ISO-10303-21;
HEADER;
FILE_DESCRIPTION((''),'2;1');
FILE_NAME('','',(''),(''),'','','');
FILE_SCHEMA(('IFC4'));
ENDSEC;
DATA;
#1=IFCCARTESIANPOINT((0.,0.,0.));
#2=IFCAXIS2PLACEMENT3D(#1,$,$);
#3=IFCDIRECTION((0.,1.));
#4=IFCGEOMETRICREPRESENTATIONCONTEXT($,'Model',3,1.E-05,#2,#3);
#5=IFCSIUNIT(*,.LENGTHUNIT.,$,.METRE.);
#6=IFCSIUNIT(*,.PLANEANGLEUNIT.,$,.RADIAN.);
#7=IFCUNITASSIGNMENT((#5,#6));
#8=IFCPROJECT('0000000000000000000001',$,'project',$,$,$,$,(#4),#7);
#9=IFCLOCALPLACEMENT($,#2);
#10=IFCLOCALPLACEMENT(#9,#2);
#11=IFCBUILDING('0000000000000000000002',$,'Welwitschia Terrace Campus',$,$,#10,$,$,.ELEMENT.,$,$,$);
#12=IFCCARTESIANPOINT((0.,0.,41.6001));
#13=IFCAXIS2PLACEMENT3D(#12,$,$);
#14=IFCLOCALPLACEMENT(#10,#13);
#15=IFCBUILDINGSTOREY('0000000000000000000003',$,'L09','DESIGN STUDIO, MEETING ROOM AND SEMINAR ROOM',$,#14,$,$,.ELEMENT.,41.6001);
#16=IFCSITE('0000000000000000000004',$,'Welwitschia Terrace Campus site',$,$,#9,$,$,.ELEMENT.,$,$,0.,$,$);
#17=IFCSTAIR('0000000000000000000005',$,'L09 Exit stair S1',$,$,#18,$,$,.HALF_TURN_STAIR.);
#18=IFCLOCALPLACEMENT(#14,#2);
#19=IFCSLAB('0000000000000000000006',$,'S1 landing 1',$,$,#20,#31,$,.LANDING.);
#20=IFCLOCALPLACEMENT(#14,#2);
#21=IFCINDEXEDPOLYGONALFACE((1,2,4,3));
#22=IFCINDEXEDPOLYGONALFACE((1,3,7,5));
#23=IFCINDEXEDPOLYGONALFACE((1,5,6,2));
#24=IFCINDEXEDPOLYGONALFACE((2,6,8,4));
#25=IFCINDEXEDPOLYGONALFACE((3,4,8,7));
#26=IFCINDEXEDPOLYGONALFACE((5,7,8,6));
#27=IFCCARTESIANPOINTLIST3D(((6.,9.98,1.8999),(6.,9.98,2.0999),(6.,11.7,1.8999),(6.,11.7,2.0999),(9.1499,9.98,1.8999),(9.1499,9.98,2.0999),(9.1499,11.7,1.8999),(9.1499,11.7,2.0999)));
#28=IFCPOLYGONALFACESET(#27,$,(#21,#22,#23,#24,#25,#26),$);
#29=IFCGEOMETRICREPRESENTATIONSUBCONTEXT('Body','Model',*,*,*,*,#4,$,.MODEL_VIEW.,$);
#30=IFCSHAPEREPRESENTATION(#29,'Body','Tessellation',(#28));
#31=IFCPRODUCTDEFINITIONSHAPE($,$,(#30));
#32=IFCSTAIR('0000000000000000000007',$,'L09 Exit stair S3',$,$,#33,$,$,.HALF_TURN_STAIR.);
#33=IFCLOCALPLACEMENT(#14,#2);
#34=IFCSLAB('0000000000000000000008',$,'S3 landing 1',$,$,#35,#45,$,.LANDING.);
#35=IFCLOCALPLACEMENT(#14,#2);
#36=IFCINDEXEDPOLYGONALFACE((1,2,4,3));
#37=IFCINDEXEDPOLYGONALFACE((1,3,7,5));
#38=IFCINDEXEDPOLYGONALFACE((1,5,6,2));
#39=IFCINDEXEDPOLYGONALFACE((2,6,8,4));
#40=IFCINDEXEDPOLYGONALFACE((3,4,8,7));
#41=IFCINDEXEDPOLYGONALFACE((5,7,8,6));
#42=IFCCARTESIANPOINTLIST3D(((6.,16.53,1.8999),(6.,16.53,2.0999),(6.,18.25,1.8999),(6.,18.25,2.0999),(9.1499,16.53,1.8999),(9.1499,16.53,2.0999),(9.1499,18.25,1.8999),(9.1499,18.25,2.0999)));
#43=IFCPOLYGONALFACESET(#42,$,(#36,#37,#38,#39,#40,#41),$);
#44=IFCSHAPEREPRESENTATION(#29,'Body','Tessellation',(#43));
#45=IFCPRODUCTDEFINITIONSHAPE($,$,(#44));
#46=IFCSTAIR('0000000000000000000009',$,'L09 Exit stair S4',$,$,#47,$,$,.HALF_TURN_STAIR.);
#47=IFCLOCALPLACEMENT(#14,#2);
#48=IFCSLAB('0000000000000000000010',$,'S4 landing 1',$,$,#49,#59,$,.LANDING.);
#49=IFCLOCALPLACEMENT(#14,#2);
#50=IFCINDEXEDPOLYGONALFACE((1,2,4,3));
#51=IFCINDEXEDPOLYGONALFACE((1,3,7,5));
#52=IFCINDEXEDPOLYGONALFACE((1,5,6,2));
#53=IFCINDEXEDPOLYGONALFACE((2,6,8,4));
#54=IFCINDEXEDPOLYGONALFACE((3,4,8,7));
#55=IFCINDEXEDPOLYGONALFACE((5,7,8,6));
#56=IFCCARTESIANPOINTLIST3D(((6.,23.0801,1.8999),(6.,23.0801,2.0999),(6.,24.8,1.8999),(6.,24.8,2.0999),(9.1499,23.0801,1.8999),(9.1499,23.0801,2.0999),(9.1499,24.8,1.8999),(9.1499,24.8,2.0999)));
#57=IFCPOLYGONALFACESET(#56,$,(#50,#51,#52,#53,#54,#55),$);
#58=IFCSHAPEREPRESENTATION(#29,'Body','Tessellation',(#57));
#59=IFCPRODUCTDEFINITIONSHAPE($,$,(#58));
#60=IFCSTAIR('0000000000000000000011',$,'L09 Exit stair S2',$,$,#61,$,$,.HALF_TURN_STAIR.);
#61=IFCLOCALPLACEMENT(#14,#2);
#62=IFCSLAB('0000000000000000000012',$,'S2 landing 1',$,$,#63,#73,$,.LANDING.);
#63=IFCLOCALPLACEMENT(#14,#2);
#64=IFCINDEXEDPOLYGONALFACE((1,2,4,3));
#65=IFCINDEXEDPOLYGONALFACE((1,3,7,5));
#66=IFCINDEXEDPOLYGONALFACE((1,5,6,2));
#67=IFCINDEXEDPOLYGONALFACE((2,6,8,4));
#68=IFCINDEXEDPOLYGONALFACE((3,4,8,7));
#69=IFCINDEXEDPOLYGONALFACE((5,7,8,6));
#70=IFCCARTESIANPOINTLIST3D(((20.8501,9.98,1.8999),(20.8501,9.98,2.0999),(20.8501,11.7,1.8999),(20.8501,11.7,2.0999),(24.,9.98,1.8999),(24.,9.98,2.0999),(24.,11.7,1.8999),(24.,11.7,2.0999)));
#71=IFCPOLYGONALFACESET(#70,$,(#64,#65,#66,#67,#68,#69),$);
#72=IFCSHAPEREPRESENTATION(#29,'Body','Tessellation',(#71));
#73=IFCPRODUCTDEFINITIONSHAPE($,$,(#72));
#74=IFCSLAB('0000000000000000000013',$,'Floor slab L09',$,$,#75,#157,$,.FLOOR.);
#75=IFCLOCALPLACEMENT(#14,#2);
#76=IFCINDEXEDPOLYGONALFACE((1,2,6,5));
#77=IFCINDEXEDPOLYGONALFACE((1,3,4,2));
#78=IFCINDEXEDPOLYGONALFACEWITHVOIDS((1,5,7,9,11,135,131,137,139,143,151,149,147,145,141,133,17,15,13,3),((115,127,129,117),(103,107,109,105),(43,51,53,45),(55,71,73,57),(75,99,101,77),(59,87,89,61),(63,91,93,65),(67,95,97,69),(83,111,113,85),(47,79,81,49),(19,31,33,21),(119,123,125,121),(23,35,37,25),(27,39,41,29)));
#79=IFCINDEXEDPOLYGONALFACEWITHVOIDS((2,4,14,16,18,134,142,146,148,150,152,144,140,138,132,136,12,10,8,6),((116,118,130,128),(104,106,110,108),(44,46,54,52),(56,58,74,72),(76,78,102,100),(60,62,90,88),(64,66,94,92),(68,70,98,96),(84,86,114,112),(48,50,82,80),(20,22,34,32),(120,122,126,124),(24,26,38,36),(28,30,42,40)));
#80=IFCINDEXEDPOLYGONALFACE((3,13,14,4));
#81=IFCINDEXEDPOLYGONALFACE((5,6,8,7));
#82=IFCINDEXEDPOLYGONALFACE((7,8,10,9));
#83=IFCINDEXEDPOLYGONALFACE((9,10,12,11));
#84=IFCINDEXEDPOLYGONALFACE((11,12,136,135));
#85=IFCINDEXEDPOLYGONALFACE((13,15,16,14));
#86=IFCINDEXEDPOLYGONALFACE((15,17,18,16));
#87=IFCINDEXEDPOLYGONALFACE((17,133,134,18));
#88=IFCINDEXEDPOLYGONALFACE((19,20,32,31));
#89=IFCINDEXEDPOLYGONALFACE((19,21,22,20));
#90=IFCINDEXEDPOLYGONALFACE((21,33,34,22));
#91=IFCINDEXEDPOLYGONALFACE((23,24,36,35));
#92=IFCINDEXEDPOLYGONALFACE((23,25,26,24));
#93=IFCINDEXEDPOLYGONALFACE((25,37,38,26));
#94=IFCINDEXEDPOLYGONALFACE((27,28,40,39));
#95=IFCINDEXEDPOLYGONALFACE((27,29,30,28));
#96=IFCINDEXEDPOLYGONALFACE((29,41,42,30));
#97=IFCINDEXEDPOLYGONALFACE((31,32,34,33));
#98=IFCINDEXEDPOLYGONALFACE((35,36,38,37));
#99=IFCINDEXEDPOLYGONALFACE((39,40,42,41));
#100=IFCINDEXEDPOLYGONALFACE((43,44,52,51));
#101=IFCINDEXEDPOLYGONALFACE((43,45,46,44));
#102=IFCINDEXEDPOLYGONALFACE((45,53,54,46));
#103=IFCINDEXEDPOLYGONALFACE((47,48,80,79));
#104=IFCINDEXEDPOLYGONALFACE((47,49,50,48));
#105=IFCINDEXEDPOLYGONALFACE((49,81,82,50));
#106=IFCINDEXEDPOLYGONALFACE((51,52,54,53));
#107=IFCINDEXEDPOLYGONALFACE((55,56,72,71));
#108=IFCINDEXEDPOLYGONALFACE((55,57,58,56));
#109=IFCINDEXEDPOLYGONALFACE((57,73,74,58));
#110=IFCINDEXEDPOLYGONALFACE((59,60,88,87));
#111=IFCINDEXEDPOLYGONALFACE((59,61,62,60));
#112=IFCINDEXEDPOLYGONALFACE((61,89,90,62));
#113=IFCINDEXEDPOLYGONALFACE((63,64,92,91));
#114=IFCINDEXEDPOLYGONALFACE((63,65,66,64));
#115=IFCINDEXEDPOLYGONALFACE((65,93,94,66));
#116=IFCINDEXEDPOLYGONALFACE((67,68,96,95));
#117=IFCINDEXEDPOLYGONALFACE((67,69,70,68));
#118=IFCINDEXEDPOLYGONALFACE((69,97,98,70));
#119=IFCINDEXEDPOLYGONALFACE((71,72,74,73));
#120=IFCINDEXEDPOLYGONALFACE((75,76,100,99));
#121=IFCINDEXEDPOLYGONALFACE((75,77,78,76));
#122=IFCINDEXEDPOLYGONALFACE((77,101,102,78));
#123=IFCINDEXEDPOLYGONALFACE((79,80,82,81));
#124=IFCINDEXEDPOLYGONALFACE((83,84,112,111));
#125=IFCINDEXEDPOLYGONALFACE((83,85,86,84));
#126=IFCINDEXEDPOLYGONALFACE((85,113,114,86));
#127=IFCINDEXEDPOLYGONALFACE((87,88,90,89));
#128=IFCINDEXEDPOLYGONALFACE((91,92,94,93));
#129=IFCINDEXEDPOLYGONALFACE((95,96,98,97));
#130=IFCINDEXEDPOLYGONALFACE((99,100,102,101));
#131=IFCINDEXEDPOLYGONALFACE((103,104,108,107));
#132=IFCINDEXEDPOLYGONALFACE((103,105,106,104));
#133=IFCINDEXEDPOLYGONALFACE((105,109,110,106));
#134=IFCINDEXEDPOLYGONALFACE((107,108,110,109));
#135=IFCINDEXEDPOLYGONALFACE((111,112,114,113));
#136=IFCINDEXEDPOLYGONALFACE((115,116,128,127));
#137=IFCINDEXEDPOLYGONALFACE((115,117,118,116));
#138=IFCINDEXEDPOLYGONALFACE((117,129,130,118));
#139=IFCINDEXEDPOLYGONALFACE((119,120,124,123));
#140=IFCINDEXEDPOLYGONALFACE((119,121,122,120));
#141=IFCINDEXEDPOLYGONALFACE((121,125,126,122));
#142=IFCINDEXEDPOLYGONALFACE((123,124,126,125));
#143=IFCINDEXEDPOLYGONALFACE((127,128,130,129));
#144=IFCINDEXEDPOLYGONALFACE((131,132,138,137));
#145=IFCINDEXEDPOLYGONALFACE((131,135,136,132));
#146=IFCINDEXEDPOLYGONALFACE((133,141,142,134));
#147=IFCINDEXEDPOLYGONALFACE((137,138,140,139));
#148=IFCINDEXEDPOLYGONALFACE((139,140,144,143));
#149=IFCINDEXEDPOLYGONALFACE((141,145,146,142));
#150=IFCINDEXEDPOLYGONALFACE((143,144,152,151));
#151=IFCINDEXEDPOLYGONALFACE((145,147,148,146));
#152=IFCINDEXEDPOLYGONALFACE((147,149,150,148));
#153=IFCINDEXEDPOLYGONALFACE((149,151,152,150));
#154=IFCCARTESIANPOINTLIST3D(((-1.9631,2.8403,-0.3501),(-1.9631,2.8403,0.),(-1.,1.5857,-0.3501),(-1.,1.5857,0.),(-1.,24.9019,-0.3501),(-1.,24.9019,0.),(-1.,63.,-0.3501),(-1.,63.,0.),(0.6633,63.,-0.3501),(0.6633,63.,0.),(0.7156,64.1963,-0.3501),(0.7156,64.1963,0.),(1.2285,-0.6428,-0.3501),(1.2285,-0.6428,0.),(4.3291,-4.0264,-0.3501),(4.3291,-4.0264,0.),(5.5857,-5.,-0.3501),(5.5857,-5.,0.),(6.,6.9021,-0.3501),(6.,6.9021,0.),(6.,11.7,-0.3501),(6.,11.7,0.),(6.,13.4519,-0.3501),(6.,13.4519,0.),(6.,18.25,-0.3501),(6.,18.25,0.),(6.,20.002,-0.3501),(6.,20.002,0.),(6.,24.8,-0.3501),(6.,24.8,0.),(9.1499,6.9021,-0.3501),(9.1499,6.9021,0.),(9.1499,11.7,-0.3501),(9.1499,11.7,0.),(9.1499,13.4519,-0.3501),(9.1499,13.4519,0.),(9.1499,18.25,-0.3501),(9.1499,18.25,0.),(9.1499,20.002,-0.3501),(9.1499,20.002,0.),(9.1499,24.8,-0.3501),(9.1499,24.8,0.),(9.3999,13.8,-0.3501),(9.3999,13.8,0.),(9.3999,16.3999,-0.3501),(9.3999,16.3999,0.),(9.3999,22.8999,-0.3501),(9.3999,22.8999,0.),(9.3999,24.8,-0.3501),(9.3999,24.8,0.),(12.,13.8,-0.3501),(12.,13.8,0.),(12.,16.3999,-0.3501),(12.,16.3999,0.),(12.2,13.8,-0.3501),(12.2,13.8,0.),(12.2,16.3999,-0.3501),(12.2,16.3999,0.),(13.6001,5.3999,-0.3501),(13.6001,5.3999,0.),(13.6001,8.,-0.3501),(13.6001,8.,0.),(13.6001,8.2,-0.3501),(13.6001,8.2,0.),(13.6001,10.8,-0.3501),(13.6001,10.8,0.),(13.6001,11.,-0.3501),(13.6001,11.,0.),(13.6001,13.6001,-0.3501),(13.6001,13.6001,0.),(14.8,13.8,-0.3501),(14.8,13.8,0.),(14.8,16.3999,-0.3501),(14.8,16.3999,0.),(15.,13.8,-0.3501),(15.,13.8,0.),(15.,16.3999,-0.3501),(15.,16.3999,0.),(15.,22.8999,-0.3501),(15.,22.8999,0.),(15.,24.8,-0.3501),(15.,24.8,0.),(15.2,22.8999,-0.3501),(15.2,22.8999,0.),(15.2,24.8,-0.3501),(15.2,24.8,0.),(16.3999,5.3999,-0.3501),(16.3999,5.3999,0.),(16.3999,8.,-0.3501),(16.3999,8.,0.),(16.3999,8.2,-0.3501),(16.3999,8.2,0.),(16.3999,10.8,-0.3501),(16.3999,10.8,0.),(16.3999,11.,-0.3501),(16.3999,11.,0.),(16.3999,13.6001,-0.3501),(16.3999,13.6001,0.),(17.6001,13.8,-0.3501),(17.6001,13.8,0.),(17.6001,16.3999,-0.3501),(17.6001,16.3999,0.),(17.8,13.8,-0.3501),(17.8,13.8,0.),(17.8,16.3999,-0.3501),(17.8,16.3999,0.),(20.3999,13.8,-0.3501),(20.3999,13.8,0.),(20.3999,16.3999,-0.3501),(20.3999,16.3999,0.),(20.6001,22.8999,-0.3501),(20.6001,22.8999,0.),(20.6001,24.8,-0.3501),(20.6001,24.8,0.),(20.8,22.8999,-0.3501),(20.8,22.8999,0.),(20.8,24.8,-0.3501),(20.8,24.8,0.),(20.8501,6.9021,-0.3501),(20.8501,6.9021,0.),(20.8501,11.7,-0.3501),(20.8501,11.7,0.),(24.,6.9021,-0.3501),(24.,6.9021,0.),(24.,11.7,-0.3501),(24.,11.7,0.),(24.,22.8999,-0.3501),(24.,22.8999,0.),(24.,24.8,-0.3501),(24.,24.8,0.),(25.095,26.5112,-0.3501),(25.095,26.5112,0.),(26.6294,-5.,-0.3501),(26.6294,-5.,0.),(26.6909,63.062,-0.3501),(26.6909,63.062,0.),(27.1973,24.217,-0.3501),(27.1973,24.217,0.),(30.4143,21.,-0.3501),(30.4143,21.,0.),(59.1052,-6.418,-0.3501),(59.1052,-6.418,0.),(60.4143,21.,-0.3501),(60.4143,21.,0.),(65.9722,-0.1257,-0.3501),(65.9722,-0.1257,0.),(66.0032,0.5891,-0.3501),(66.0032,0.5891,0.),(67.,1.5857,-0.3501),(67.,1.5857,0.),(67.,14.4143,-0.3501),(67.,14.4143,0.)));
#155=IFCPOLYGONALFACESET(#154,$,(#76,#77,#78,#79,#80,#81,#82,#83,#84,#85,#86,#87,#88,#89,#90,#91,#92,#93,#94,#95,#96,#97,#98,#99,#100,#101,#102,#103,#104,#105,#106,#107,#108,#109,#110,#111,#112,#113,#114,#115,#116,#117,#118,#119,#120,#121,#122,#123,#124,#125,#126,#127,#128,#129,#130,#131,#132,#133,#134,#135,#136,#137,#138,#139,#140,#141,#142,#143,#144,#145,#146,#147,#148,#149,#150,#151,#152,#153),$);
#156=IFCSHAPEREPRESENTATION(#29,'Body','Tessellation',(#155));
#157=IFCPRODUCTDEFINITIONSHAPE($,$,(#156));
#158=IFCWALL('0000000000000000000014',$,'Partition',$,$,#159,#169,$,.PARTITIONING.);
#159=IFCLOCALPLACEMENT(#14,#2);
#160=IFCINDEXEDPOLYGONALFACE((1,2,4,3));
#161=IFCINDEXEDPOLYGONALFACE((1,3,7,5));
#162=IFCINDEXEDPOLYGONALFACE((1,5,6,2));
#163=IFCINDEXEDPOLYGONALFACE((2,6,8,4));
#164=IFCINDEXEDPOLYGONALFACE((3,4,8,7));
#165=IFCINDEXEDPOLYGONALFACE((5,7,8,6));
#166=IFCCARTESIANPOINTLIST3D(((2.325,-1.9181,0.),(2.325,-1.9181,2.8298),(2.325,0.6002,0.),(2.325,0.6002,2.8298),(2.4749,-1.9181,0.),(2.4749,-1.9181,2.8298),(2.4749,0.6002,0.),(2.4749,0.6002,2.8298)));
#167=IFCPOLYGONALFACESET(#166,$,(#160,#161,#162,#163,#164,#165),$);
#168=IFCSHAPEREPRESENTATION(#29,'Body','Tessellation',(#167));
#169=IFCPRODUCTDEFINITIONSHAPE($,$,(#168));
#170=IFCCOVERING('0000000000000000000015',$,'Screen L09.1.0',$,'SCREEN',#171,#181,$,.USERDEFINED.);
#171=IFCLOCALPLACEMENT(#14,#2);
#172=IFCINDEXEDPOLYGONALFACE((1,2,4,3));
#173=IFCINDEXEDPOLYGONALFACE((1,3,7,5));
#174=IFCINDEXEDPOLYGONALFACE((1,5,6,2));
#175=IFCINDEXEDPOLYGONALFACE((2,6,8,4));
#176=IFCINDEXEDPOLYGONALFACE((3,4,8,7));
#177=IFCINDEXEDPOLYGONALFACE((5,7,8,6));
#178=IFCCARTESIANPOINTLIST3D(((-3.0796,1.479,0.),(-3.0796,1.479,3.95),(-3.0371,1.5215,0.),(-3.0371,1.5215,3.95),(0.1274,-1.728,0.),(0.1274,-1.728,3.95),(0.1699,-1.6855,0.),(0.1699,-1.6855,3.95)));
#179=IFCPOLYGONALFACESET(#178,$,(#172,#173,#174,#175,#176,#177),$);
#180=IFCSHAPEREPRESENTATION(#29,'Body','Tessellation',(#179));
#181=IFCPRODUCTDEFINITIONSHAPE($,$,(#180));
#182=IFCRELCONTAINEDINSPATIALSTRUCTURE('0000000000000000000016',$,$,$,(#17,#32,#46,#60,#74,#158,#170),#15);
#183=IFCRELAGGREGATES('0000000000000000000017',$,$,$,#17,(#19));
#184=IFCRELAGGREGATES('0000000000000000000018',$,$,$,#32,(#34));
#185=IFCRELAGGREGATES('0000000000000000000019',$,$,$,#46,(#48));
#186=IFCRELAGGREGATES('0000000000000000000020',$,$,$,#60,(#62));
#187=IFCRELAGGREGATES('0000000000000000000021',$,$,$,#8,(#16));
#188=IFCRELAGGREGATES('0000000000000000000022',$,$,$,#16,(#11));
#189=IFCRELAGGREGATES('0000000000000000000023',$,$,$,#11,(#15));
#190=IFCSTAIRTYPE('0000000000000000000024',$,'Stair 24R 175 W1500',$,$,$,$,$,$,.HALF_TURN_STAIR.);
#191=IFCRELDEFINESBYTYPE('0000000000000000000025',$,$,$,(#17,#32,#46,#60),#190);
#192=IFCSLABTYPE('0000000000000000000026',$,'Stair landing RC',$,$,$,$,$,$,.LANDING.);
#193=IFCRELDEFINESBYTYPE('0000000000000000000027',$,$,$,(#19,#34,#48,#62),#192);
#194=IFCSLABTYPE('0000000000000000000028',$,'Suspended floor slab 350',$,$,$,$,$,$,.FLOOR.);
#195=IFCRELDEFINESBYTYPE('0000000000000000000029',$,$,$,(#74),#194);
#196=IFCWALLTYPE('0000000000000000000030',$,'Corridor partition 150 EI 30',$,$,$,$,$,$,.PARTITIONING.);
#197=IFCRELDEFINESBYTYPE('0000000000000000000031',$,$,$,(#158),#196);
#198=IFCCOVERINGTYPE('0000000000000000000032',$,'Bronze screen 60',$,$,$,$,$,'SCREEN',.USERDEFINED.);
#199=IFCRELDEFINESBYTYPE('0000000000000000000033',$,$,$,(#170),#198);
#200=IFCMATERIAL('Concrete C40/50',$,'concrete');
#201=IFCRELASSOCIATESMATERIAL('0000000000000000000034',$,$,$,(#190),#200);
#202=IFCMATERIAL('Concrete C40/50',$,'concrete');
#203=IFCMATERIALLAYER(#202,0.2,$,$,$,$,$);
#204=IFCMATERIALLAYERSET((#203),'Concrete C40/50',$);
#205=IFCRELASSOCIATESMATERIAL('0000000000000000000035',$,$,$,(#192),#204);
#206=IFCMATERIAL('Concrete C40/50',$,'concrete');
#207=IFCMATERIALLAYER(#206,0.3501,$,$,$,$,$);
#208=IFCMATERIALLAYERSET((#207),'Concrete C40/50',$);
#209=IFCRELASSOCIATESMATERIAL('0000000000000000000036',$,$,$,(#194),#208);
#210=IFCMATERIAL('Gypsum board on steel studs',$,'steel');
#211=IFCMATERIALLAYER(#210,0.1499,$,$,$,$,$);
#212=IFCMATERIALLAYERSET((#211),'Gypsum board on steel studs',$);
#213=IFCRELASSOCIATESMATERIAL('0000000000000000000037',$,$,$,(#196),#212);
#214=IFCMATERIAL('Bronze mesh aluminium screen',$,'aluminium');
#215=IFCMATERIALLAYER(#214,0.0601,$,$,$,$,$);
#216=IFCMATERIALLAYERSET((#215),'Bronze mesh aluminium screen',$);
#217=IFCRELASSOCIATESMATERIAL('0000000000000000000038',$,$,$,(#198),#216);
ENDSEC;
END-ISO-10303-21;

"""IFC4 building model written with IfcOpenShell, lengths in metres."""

from ifc_helpers import new_model, si_unit, direction, frame, frame_2d, origin, origin_2d, place, context, subcontext, project, spatial, polyline, rectangle, outline, extrude, material, layer, layer_set, type_object, element, aggregate, save


model = new_model("IFC4")

# Units and contexts
model_context = context("Model", 3, precision=1e-05, world=origin(), true_north=direction((0.0, 1.0)))
body_context = subcontext(model_context, "Body", "Model", "MODEL_VIEW")
ifc_project = project(units=[si_unit("LENGTHUNIT", "METRE"), si_unit("PLANEANGLEUNIT", "RADIAN")], contexts=[model_context])

# Site, building, storey
site_placement = place(None, origin())
site = spatial("IfcSite", under=ifc_project, at=site_placement, Name="Welwitschia Terrace Campus site", CompositionType="ELEMENT", RefElevation=0.0)
building_placement = place(site_placement, origin())
building = spatial("IfcBuilding", under=site, at=building_placement, Name="Welwitschia Terrace Campus", CompositionType="ELEMENT")
storey_placement = place(building_placement, frame((0.0, 0.0, 41.6001)))
storey = spatial("IfcBuildingStorey", under=building, at=storey_placement, Name="L09", Description="DESIGN STUDIO, MEETING ROOM AND SEMINAR ROOM", CompositionType="ELEMENT", Elevation=41.6001)

# Stairs, slabs
ifc_material_1 = material(Name="Concrete C40/50", Category="concrete")
stair_type = type_object("IfcStairType", Name="Stair 24R 175 W1500", PredefinedType="HALF_TURN_STAIR", material=ifc_material_1)
stair_1_placement = place(storey_placement, origin())
stair_1 = element("IfcStair", 1, at=stair_1_placement, inside=storey, type_object=stair_type, Name="L09 Exit stair S1", PredefinedType="HALF_TURN_STAIR")
ifc_material_2 = material(Name="Concrete C40/50", Category="concrete")
ifc_layer_1 = layer(ifc_material_2, 0.2)
ifc_layer_set_1 = layer_set([ifc_layer_1], Name="Concrete C40/50")
slab_type_1 = type_object("IfcSlabType", Name="Stair landing RC", PredefinedType="LANDING", material=ifc_layer_set_1)
slab_1_placement = place(storey_placement, frame((0.0, 0.0, 1.8999)))
slab_1 = element("IfcSlab", 2, at=slab_1_placement, type_object=slab_type_1, Name="S1 landing 1", PredefinedType="LANDING", context=body_context, shape_type="SweptSolid", body=[
    extrude(outline(polyline([(9.1499, 9.98), (9.1499, 11.7), (6.0, 11.7), (6.0, 9.98), (9.1499, 9.98)])), origin(), (0.0, 0.0, 1.0), 0.2),
])
aggregate(stair_1, [slab_1])
stair_2_placement = place(storey_placement, origin())
stair_2 = element("IfcStair", 3, at=stair_2_placement, inside=storey, type_object=stair_type, Name="L09 Exit stair S3", PredefinedType="HALF_TURN_STAIR")
slab_2_placement = place(storey_placement, frame((0.0, 0.0, 1.8999)))
slab_2 = element("IfcSlab", 4, at=slab_2_placement, type_object=slab_type_1, Name="S3 landing 1", PredefinedType="LANDING", context=body_context, shape_type="SweptSolid", body=[
    extrude(outline(polyline([(9.1499, 16.53), (9.1499, 18.25), (6.0, 18.25), (6.0, 16.53), (9.1499, 16.53)])), origin(), (0.0, 0.0, 1.0), 0.2),
])
aggregate(stair_2, [slab_2])
stair_3_placement = place(storey_placement, origin())
stair_3 = element("IfcStair", 5, at=stair_3_placement, inside=storey, type_object=stair_type, Name="L09 Exit stair S4", PredefinedType="HALF_TURN_STAIR")
slab_3_placement = place(storey_placement, frame((0.0, 0.0, 1.8999)))
slab_3 = element("IfcSlab", 6, at=slab_3_placement, type_object=slab_type_1, Name="S4 landing 1", PredefinedType="LANDING", context=body_context, shape_type="SweptSolid", body=[
    extrude(outline(polyline([(9.1499, 23.0801), (9.1499, 24.8), (6.0, 24.8), (6.0, 23.0801), (9.1499, 23.0801)])), origin(), (0.0, 0.0, 1.0), 0.2),
])
aggregate(stair_3, [slab_3])
stair_4_placement = place(storey_placement, origin())
stair_4 = element("IfcStair", 7, at=stair_4_placement, inside=storey, type_object=stair_type, Name="L09 Exit stair S2", PredefinedType="HALF_TURN_STAIR")
slab_4_placement = place(storey_placement, frame((0.0, 0.0, 1.8999)))
slab_4 = element("IfcSlab", 8, at=slab_4_placement, type_object=slab_type_1, Name="S2 landing 1", PredefinedType="LANDING", context=body_context, shape_type="SweptSolid", body=[
    extrude(outline(polyline([(24.0, 9.98), (24.0, 11.7), (20.8501, 11.7), (20.8501, 9.98), (24.0, 9.98)])), origin(), (0.0, 0.0, 1.0), 0.2),
])
aggregate(stair_4, [slab_4])

# Slab
ifc_material_3 = material(Name="Concrete C40/50", Category="concrete")
ifc_layer_2 = layer(ifc_material_3, 0.3501)
ifc_layer_set_2 = layer_set([ifc_layer_2], Name="Concrete C40/50")
slab_type_2 = type_object("IfcSlabType", Name="Suspended floor slab 350", PredefinedType="FLOOR", material=ifc_layer_set_2)
slab_5_placement = place(storey_placement, frame((0.0, 0.0, -0.3501)))
element("IfcSlab", 9, at=slab_5_placement, inside=storey, type_object=slab_type_2, Name="Floor slab L09", PredefinedType="FLOOR", context=body_context, shape_type="SweptSolid", body=[
    extrude(outline(polyline([(-1.0, 63.0), (0.6633, 63.0), (0.7156, 64.1963), (26.6909, 63.062), (25.095, 26.5112), (27.1973, 24.217), (30.4143, 21.0), (60.4143, 21.0), (67.0, 14.4143), (67.0, 1.5857), (66.0032, 0.5891), (65.9722, -0.1257), (59.1052, -6.418), (26.6294, -5.0), (5.5857, -5.0), (4.3291, -4.0264), (1.2285, -0.6428), (-1.0, 1.5857), (-1.9631, 2.8403), (-1.0, 24.9019), (-1.0, 63.0)]), holes=[polyline([(13.6001, 8.0), (13.6001, 5.3999), (16.3999, 5.3999), (16.3999, 8.0), (13.6001, 8.0)]), polyline([(9.1499, 11.7), (6.0, 11.7), (6.0, 6.9021), (9.1499, 6.9021), (9.1499, 11.7)]), polyline([(12.0, 16.3999), (9.3999, 16.3999), (9.3999, 13.8), (12.0, 13.8), (12.0, 16.3999)]), polyline([(14.8, 16.3999), (12.2, 16.3999), (12.2, 13.8), (14.8, 13.8), (14.8, 16.3999)]), polyline([(9.1499, 18.25), (6.0, 18.25), (6.0, 13.4519), (9.1499, 13.4519), (9.1499, 18.25)]), polyline([(9.1499, 24.8), (6.0, 24.8), (6.0, 20.002), (9.1499, 20.002), (9.1499, 24.8)]), polyline([(15.0, 24.8), (9.3999, 24.8), (9.3999, 22.8999), (15.0, 22.8999), (15.0, 24.8)]), polyline([(20.8501, 11.7), (20.8501, 6.9021), (24.0, 6.9021), (24.0, 11.7), (20.8501, 11.7)]), polyline([(16.3999, 10.8), (13.6001, 10.8), (13.6001, 8.2), (16.3999, 8.2), (16.3999, 10.8)]), polyline([(16.3999, 13.6001), (13.6001, 13.6001), (13.6001, 11.0), (16.3999, 11.0), (16.3999, 13.6001)]), polyline([(17.6001, 16.3999), (15.0, 16.3999), (15.0, 13.8), (17.6001, 13.8), (17.6001, 16.3999)]), polyline([(20.3999, 16.3999), (17.8, 16.3999), (17.8, 13.8), (20.3999, 13.8), (20.3999, 16.3999)]), polyline([(20.6001, 24.8), (15.2, 24.8), (15.2, 22.8999), (20.6001, 22.8999), (20.6001, 24.8)]), polyline([(24.0, 24.8), (20.8, 24.8), (20.8, 22.8999), (24.0, 22.8999), (24.0, 24.8)])]), origin(), (0.0, 0.0, 1.0), 0.3501),
])

# Wall
ifc_material_4 = material(Name="Gypsum board on steel studs", Category="steel")
ifc_layer_3 = layer(ifc_material_4, 0.1499)
ifc_layer_set_3 = layer_set([ifc_layer_3], Name="Gypsum board on steel studs")
wall_type = type_object("IfcWallType", Name="Corridor partition 150 EI 30", PredefinedType="PARTITIONING", material=ifc_layer_set_3)
wall_placement = place(storey_placement, frame((2.3999, -1.9182, 0.0), z_axis=(0.0, 0.0, 1.0), x_axis=(0.0, 1.0, 0.0)))
element("IfcWall", 10, at=wall_placement, inside=storey, type_object=wall_type, Name="Partition", PredefinedType="PARTITIONING", context=body_context, shape_type="SweptSolid", body=[
    extrude(rectangle(XDim=2.5183, YDim=0.1499, at=frame_2d((1.2593, 0.0))), origin(), (0.0, 0.0, 1.0), 2.8298),
])

# Covering
ifc_material_5 = material(Name="Bronze mesh aluminium screen", Category="aluminium")
ifc_layer_4 = layer(ifc_material_5, 0.0601)
ifc_layer_set_4 = layer_set([ifc_layer_4], Name="Bronze mesh aluminium screen")
covering_type_1 = type_object("IfcCoveringType", Name="Bronze screen 60", ElementType="SCREEN", PredefinedType="USERDEFINED", material=ifc_layer_set_4)
covering_1_placement = place(storey_placement, frame((-1.4548, -0.1033, 0.0), z_axis=(0.0, 0.0, 1.0), x_axis=(0.707107, -0.707107, 0.0)))
element("IfcCovering", 11, at=covering_1_placement, inside=storey, type_object=covering_type_1, Name="Screen L09.1.0", ObjectType="SCREEN", PredefinedType="USERDEFINED", context=body_context, shape_type="SweptSolid", body=[
    extrude(rectangle(XDim=4.5354, YDim=0.0601, at=origin_2d()), origin(), (0.0, 0.0, 1.0), 3.95),
])

save(model, "model.ifc")
